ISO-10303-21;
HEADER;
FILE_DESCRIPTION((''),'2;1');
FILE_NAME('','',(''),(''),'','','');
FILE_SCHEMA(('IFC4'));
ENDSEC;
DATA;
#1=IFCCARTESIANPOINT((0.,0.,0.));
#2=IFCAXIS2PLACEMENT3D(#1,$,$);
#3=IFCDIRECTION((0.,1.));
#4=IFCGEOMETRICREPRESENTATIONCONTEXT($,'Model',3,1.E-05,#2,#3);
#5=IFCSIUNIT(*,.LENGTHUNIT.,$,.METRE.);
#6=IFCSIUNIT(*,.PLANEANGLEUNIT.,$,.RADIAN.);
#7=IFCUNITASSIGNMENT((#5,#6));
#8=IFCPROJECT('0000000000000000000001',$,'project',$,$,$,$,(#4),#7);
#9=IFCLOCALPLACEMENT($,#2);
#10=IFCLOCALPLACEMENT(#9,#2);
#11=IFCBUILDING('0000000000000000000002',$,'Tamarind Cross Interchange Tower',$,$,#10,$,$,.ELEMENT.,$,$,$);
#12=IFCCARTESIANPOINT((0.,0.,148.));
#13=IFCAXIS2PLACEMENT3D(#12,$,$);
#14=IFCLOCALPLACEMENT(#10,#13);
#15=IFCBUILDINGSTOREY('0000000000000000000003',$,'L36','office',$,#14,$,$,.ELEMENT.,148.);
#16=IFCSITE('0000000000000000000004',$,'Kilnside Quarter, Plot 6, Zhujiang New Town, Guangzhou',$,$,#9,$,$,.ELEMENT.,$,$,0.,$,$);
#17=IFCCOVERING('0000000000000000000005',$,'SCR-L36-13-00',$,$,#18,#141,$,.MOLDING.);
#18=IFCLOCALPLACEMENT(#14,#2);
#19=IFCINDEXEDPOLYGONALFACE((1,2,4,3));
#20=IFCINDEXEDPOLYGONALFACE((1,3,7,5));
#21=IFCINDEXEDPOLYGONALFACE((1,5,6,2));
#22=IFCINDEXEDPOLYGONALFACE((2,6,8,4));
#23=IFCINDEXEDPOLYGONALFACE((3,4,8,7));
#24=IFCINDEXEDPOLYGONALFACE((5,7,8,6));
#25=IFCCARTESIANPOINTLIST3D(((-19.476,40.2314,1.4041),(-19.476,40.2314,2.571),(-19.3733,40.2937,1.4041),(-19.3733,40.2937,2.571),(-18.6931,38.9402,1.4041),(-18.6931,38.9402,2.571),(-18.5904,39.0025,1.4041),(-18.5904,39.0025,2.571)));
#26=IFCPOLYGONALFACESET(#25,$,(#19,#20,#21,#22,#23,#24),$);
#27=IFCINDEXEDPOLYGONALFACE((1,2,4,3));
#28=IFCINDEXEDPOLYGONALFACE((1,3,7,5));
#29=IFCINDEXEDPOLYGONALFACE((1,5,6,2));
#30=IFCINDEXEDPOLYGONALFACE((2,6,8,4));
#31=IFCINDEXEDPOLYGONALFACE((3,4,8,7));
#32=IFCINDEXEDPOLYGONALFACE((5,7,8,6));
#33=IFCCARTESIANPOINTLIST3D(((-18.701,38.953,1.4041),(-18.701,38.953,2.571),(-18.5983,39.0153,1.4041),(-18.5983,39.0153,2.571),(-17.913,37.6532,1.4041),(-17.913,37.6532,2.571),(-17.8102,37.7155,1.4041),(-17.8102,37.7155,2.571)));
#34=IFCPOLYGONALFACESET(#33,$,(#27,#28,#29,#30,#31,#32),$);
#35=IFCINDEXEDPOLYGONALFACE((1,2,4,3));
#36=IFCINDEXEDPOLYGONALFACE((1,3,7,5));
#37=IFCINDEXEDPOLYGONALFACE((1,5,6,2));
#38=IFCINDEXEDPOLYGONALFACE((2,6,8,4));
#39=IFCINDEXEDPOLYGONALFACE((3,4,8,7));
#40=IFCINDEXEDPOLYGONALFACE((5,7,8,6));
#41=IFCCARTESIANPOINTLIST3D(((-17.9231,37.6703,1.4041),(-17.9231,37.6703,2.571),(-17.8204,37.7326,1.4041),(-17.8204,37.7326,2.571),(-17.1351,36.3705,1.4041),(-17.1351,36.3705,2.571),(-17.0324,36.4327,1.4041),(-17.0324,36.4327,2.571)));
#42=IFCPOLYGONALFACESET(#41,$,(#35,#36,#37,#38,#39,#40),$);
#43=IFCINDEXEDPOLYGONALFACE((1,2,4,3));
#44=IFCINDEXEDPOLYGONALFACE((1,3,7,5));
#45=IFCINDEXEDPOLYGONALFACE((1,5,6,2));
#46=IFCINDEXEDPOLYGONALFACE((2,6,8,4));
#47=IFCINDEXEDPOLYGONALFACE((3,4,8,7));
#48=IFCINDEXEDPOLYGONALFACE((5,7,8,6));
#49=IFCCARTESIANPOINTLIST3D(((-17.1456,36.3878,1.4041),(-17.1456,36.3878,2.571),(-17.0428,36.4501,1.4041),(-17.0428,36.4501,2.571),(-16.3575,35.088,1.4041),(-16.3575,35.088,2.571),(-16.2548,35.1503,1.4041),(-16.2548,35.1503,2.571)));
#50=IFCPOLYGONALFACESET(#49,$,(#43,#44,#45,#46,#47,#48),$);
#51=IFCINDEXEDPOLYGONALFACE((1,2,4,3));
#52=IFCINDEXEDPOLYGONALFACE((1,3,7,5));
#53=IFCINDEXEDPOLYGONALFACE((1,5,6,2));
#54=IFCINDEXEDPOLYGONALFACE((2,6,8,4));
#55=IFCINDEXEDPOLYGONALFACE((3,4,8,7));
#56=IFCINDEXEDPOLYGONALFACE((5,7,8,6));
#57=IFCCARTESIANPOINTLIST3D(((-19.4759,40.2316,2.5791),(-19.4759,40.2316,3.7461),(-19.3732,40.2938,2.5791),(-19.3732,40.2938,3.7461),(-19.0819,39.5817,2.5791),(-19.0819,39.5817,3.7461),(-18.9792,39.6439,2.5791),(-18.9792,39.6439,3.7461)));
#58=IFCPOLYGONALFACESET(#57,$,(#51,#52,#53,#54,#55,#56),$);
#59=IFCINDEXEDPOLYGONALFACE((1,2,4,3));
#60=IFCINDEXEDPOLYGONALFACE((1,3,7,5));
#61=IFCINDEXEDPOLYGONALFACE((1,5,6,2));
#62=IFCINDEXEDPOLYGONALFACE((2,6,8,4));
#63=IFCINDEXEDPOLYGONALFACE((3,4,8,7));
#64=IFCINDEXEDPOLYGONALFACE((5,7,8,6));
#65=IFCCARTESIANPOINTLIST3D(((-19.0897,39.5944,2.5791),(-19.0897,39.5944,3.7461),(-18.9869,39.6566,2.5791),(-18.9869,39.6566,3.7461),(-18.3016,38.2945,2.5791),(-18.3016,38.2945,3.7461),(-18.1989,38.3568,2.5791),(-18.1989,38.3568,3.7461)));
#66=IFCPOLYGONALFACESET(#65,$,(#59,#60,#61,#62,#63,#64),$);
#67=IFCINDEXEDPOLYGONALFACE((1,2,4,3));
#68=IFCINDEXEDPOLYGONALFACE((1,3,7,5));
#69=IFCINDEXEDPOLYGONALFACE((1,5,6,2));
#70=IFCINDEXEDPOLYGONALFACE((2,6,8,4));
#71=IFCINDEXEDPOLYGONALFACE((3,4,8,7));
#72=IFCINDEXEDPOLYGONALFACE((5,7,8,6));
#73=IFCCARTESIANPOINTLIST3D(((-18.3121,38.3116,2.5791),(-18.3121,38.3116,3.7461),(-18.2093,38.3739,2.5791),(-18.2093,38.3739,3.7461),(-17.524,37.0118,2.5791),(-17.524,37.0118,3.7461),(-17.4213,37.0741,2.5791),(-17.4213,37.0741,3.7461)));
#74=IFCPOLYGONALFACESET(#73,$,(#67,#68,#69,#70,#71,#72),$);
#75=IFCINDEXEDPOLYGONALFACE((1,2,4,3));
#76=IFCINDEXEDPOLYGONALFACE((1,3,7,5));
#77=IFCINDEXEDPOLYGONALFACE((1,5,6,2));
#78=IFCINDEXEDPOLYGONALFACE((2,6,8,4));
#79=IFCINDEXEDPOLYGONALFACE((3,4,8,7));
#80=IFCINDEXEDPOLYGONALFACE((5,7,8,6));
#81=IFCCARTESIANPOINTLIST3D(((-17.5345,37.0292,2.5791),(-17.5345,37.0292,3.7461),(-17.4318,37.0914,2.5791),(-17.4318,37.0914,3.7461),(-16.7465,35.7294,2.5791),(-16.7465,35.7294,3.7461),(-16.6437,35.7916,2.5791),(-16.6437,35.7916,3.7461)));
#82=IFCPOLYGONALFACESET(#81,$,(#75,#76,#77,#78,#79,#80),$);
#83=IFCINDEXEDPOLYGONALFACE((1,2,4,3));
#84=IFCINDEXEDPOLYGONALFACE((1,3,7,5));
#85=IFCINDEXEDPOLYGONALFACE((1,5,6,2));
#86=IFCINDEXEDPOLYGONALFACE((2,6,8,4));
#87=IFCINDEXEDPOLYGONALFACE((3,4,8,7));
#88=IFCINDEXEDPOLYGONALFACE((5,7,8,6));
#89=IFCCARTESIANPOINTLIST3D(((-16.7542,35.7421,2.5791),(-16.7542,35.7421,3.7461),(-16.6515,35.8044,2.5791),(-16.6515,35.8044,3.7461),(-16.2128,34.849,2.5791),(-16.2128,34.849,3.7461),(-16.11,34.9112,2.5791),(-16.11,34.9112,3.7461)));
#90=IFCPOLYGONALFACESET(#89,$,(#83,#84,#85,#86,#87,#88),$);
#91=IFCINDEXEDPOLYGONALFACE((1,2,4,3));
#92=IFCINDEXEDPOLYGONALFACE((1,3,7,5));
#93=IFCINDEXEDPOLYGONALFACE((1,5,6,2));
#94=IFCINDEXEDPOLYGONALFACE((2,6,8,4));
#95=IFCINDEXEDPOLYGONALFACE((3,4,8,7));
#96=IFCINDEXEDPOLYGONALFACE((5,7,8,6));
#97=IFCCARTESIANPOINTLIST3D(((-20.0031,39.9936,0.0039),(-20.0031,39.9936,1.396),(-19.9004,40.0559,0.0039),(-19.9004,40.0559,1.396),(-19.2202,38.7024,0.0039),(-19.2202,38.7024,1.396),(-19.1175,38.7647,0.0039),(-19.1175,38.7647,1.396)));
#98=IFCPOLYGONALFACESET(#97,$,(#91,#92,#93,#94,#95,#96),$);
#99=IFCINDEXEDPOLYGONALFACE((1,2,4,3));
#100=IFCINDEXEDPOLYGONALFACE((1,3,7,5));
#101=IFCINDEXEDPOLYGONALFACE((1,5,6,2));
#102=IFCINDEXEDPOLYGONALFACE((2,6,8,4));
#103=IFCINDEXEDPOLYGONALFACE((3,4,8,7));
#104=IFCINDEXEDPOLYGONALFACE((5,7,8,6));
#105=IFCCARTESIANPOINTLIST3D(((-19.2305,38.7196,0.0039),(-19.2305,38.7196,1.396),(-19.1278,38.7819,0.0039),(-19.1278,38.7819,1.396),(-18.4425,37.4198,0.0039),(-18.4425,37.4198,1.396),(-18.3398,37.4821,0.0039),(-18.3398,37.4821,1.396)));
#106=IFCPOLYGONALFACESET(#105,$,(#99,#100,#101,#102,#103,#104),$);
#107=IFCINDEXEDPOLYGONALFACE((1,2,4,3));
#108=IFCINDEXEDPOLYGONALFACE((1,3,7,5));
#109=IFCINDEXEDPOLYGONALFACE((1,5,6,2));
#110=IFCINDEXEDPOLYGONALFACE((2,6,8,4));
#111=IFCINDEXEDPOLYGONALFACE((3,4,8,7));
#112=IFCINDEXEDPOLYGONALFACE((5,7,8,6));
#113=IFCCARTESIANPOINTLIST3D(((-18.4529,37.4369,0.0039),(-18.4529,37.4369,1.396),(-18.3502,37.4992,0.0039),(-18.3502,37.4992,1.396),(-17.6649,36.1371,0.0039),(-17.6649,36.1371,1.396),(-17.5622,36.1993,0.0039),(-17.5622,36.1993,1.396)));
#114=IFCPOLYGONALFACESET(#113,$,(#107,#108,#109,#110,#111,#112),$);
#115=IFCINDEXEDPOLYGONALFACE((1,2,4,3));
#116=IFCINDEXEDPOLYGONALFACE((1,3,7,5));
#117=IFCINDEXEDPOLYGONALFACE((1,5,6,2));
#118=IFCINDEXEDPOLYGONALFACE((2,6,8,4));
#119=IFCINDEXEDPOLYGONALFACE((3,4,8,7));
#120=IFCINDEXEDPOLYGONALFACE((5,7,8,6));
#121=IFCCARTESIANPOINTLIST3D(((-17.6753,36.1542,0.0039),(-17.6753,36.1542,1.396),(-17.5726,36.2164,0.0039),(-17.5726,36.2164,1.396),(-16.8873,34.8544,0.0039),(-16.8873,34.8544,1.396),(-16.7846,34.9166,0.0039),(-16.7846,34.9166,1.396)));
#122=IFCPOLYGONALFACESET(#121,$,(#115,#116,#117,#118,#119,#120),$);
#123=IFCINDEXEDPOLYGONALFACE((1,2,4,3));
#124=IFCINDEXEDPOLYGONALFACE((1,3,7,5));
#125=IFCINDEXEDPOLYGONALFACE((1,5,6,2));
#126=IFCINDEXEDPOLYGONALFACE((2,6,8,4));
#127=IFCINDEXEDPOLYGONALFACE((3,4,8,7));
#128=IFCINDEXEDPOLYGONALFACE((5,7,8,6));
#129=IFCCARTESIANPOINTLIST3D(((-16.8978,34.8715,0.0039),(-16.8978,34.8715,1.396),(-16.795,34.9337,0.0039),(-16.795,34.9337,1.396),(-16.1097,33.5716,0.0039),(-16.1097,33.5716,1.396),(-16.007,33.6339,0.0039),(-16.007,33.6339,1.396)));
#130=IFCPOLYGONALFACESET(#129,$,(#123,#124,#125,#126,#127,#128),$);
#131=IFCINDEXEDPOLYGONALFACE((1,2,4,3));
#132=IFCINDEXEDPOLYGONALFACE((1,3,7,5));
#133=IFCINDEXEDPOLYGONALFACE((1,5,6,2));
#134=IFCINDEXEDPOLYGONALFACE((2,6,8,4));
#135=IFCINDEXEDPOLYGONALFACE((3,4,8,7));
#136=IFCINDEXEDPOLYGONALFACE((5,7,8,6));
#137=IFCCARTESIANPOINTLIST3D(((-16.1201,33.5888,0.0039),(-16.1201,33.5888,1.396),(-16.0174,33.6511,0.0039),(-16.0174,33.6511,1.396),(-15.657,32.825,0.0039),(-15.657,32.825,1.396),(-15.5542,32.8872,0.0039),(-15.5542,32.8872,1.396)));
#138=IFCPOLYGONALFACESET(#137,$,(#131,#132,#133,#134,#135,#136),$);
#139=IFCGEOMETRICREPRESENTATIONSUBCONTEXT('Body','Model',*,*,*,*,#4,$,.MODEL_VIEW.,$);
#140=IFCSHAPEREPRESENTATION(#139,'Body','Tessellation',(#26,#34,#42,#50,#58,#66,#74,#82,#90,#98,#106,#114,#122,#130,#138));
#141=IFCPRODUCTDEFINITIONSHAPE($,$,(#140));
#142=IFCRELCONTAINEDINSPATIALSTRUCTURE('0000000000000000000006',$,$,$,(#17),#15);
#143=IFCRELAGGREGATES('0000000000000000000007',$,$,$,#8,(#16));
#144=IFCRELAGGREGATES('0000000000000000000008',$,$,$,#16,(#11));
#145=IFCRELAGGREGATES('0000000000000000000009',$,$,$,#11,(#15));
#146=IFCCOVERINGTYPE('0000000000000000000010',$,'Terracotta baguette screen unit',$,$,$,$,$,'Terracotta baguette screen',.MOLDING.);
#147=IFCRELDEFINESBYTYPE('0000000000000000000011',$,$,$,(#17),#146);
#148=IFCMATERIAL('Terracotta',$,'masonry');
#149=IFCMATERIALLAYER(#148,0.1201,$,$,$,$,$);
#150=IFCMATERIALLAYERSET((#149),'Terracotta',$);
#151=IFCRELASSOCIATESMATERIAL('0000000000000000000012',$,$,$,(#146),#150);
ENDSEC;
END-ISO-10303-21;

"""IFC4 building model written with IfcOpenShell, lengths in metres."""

from ifc_helpers import new_model, si_unit, direction, frame, origin, origin_2d, place, context, subcontext, project, spatial, rectangle, extrude, material, layer, layer_set, type_object, element, save


model = new_model("IFC4")

# Units and contexts
model_context = context("Model", 3, precision=1e-05, world=origin(), true_north=direction((0.0, 1.0)))
body_context = subcontext(model_context, "Body", "Model", "MODEL_VIEW")
ifc_project = project(units=[si_unit("LENGTHUNIT", "METRE"), si_unit("PLANEANGLEUNIT", "RADIAN")], contexts=[model_context])

# Site, building, storey
site_placement = place(None, origin())
site = spatial("IfcSite", under=ifc_project, at=site_placement, Name="Kilnside Quarter, Plot 6, Zhujiang New Town, Guangzhou", CompositionType="ELEMENT", RefElevation=0.0)
building_placement = place(site_placement, origin())
building = spatial("IfcBuilding", under=site, at=building_placement, Name="Tamarind Cross Interchange Tower", CompositionType="ELEMENT")
storey_placement = place(building_placement, frame((0.0, 0.0, 148.0)))
storey = spatial("IfcBuildingStorey", under=building, at=storey_placement, Name="L36", Description="office", CompositionType="ELEMENT", Elevation=148.0)

# Covering
ifc_material_1 = material(Name="Terracotta", Category="masonry")
ifc_layer_1 = layer(ifc_material_1, 0.1201)
ifc_layer_set_1 = layer_set([ifc_layer_1], Name="Terracotta")
covering_type = type_object("IfcCoveringType", Name="Terracotta baguette screen unit", ElementType="Terracotta baguette screen", PredefinedType="MOLDING", material=ifc_layer_set_1)
covering_1_placement = place(storey_placement, origin())
element("IfcCovering", 1, at=covering_1_placement, inside=storey, type_object=covering_type, Name="SCR-L36-13-00", PredefinedType="MOLDING", context=body_context, shape_type="SweptSolid", body=[
    extrude(rectangle(XDim=1.51, YDim=0.1201, at=origin_2d()), frame((-19.0332, 39.6169, 1.4041), z_axis=(0.0, 0.0, 1.0), x_axis=(0.518425, -0.855123, 0.0)), (0.0, 0.0, 1.0), 1.167),
    extrude(rectangle(XDim=1.52, YDim=0.1201, at=origin_2d()), frame((-18.2556, 38.3342, 1.4041), z_axis=(0.0, 0.0, 1.0), x_axis=(0.518425, -0.855123, 0.0)), (0.0, 0.0, 1.0), 1.167),
    extrude(rectangle(XDim=1.52, YDim=0.1201, at=origin_2d()), frame((-17.4778, 37.0515, 1.4041), z_axis=(0.0, 0.0, 1.0), x_axis=(0.518425, -0.855123, 0.0)), (0.0, 0.0, 1.0), 1.167),
    extrude(rectangle(XDim=1.52, YDim=0.1201, at=origin_2d()), frame((-16.7002, 35.769, 1.4041), z_axis=(0.0, 0.0, 1.0), x_axis=(0.518425, -0.855123, 0.0)), (0.0, 0.0, 1.0), 1.167),
    extrude(rectangle(XDim=0.76, YDim=0.1201, at=origin_2d()), frame((-19.2275, 39.9377, 2.5791), z_axis=(0.0, 0.0, 1.0), x_axis=(0.518425, -0.855123, 0.0)), (0.0, 0.0, 1.0), 1.167),
    extrude(rectangle(XDim=1.52, YDim=0.1201, at=origin_2d()), frame((-18.6443, 38.9756, 2.5791), z_axis=(0.0, 0.0, 1.0), x_axis=(0.518425, -0.855123, 0.0)), (0.0, 0.0, 1.0), 1.167),
    extrude(rectangle(XDim=1.52, YDim=0.1201, at=origin_2d()), frame((-17.8667, 37.6929, 2.5791), z_axis=(0.0, 0.0, 1.0), x_axis=(0.518425, -0.855123, 0.0)), (0.0, 0.0, 1.0), 1.167),
    extrude(rectangle(XDim=1.52, YDim=0.1201, at=origin_2d()), frame((-17.0891, 36.4104, 2.5791), z_axis=(0.0, 0.0, 1.0), x_axis=(0.518425, -0.855123, 0.0)), (0.0, 0.0, 1.0), 1.167),
    extrude(rectangle(XDim=1.0444, YDim=0.1201, at=origin_2d()), frame((-16.4321, 35.3267, 2.5791), z_axis=(0.0, 0.0, 1.0), x_axis=(0.518425, -0.855123, 0.0)), (0.0, 0.0, 1.0), 1.167),
    extrude(rectangle(XDim=1.51, YDim=0.1201, at=origin_2d()), frame((-19.5603, 39.3792, 0.0039), z_axis=(0.0, 0.0, 1.0), x_axis=(0.518425, -0.855123, 0.0)), (0.0, 0.0, 1.0), 1.3921),
    extrude(rectangle(XDim=1.52, YDim=0.1201, at=origin_2d()), frame((-18.7852, 38.1008, 0.0039), z_axis=(0.0, 0.0, 1.0), x_axis=(0.518425, -0.855123, 0.0)), (0.0, 0.0, 1.0), 1.3921),
    extrude(rectangle(XDim=1.52, YDim=0.1201, at=origin_2d()), frame((-18.0076, 36.8181, 0.0039), z_axis=(0.0, 0.0, 1.0), x_axis=(0.518425, -0.855123, 0.0)), (0.0, 0.0, 1.0), 1.3921),
    extrude(rectangle(XDim=1.52, YDim=0.1201, at=origin_2d()), frame((-17.23, 35.5354, 0.0039), z_axis=(0.0, 0.0, 1.0), x_axis=(0.518425, -0.855123, 0.0)), (0.0, 0.0, 1.0), 1.3921),
    extrude(rectangle(XDim=1.52, YDim=0.1201, at=origin_2d()), frame((-16.4524, 34.2527, 0.0039), z_axis=(0.0, 0.0, 1.0), x_axis=(0.518425, -0.855123, 0.0)), (0.0, 0.0, 1.0), 1.3921),
    extrude(rectangle(XDim=0.8933, YDim=0.1201, at=origin_2d()), frame((-15.8372, 33.238, 0.0039), z_axis=(0.0, 0.0, 1.0), x_axis=(0.518425, -0.855123, 0.0)), (0.0, 0.0, 1.0), 1.3921),
])

save(model, "model.ifc")
